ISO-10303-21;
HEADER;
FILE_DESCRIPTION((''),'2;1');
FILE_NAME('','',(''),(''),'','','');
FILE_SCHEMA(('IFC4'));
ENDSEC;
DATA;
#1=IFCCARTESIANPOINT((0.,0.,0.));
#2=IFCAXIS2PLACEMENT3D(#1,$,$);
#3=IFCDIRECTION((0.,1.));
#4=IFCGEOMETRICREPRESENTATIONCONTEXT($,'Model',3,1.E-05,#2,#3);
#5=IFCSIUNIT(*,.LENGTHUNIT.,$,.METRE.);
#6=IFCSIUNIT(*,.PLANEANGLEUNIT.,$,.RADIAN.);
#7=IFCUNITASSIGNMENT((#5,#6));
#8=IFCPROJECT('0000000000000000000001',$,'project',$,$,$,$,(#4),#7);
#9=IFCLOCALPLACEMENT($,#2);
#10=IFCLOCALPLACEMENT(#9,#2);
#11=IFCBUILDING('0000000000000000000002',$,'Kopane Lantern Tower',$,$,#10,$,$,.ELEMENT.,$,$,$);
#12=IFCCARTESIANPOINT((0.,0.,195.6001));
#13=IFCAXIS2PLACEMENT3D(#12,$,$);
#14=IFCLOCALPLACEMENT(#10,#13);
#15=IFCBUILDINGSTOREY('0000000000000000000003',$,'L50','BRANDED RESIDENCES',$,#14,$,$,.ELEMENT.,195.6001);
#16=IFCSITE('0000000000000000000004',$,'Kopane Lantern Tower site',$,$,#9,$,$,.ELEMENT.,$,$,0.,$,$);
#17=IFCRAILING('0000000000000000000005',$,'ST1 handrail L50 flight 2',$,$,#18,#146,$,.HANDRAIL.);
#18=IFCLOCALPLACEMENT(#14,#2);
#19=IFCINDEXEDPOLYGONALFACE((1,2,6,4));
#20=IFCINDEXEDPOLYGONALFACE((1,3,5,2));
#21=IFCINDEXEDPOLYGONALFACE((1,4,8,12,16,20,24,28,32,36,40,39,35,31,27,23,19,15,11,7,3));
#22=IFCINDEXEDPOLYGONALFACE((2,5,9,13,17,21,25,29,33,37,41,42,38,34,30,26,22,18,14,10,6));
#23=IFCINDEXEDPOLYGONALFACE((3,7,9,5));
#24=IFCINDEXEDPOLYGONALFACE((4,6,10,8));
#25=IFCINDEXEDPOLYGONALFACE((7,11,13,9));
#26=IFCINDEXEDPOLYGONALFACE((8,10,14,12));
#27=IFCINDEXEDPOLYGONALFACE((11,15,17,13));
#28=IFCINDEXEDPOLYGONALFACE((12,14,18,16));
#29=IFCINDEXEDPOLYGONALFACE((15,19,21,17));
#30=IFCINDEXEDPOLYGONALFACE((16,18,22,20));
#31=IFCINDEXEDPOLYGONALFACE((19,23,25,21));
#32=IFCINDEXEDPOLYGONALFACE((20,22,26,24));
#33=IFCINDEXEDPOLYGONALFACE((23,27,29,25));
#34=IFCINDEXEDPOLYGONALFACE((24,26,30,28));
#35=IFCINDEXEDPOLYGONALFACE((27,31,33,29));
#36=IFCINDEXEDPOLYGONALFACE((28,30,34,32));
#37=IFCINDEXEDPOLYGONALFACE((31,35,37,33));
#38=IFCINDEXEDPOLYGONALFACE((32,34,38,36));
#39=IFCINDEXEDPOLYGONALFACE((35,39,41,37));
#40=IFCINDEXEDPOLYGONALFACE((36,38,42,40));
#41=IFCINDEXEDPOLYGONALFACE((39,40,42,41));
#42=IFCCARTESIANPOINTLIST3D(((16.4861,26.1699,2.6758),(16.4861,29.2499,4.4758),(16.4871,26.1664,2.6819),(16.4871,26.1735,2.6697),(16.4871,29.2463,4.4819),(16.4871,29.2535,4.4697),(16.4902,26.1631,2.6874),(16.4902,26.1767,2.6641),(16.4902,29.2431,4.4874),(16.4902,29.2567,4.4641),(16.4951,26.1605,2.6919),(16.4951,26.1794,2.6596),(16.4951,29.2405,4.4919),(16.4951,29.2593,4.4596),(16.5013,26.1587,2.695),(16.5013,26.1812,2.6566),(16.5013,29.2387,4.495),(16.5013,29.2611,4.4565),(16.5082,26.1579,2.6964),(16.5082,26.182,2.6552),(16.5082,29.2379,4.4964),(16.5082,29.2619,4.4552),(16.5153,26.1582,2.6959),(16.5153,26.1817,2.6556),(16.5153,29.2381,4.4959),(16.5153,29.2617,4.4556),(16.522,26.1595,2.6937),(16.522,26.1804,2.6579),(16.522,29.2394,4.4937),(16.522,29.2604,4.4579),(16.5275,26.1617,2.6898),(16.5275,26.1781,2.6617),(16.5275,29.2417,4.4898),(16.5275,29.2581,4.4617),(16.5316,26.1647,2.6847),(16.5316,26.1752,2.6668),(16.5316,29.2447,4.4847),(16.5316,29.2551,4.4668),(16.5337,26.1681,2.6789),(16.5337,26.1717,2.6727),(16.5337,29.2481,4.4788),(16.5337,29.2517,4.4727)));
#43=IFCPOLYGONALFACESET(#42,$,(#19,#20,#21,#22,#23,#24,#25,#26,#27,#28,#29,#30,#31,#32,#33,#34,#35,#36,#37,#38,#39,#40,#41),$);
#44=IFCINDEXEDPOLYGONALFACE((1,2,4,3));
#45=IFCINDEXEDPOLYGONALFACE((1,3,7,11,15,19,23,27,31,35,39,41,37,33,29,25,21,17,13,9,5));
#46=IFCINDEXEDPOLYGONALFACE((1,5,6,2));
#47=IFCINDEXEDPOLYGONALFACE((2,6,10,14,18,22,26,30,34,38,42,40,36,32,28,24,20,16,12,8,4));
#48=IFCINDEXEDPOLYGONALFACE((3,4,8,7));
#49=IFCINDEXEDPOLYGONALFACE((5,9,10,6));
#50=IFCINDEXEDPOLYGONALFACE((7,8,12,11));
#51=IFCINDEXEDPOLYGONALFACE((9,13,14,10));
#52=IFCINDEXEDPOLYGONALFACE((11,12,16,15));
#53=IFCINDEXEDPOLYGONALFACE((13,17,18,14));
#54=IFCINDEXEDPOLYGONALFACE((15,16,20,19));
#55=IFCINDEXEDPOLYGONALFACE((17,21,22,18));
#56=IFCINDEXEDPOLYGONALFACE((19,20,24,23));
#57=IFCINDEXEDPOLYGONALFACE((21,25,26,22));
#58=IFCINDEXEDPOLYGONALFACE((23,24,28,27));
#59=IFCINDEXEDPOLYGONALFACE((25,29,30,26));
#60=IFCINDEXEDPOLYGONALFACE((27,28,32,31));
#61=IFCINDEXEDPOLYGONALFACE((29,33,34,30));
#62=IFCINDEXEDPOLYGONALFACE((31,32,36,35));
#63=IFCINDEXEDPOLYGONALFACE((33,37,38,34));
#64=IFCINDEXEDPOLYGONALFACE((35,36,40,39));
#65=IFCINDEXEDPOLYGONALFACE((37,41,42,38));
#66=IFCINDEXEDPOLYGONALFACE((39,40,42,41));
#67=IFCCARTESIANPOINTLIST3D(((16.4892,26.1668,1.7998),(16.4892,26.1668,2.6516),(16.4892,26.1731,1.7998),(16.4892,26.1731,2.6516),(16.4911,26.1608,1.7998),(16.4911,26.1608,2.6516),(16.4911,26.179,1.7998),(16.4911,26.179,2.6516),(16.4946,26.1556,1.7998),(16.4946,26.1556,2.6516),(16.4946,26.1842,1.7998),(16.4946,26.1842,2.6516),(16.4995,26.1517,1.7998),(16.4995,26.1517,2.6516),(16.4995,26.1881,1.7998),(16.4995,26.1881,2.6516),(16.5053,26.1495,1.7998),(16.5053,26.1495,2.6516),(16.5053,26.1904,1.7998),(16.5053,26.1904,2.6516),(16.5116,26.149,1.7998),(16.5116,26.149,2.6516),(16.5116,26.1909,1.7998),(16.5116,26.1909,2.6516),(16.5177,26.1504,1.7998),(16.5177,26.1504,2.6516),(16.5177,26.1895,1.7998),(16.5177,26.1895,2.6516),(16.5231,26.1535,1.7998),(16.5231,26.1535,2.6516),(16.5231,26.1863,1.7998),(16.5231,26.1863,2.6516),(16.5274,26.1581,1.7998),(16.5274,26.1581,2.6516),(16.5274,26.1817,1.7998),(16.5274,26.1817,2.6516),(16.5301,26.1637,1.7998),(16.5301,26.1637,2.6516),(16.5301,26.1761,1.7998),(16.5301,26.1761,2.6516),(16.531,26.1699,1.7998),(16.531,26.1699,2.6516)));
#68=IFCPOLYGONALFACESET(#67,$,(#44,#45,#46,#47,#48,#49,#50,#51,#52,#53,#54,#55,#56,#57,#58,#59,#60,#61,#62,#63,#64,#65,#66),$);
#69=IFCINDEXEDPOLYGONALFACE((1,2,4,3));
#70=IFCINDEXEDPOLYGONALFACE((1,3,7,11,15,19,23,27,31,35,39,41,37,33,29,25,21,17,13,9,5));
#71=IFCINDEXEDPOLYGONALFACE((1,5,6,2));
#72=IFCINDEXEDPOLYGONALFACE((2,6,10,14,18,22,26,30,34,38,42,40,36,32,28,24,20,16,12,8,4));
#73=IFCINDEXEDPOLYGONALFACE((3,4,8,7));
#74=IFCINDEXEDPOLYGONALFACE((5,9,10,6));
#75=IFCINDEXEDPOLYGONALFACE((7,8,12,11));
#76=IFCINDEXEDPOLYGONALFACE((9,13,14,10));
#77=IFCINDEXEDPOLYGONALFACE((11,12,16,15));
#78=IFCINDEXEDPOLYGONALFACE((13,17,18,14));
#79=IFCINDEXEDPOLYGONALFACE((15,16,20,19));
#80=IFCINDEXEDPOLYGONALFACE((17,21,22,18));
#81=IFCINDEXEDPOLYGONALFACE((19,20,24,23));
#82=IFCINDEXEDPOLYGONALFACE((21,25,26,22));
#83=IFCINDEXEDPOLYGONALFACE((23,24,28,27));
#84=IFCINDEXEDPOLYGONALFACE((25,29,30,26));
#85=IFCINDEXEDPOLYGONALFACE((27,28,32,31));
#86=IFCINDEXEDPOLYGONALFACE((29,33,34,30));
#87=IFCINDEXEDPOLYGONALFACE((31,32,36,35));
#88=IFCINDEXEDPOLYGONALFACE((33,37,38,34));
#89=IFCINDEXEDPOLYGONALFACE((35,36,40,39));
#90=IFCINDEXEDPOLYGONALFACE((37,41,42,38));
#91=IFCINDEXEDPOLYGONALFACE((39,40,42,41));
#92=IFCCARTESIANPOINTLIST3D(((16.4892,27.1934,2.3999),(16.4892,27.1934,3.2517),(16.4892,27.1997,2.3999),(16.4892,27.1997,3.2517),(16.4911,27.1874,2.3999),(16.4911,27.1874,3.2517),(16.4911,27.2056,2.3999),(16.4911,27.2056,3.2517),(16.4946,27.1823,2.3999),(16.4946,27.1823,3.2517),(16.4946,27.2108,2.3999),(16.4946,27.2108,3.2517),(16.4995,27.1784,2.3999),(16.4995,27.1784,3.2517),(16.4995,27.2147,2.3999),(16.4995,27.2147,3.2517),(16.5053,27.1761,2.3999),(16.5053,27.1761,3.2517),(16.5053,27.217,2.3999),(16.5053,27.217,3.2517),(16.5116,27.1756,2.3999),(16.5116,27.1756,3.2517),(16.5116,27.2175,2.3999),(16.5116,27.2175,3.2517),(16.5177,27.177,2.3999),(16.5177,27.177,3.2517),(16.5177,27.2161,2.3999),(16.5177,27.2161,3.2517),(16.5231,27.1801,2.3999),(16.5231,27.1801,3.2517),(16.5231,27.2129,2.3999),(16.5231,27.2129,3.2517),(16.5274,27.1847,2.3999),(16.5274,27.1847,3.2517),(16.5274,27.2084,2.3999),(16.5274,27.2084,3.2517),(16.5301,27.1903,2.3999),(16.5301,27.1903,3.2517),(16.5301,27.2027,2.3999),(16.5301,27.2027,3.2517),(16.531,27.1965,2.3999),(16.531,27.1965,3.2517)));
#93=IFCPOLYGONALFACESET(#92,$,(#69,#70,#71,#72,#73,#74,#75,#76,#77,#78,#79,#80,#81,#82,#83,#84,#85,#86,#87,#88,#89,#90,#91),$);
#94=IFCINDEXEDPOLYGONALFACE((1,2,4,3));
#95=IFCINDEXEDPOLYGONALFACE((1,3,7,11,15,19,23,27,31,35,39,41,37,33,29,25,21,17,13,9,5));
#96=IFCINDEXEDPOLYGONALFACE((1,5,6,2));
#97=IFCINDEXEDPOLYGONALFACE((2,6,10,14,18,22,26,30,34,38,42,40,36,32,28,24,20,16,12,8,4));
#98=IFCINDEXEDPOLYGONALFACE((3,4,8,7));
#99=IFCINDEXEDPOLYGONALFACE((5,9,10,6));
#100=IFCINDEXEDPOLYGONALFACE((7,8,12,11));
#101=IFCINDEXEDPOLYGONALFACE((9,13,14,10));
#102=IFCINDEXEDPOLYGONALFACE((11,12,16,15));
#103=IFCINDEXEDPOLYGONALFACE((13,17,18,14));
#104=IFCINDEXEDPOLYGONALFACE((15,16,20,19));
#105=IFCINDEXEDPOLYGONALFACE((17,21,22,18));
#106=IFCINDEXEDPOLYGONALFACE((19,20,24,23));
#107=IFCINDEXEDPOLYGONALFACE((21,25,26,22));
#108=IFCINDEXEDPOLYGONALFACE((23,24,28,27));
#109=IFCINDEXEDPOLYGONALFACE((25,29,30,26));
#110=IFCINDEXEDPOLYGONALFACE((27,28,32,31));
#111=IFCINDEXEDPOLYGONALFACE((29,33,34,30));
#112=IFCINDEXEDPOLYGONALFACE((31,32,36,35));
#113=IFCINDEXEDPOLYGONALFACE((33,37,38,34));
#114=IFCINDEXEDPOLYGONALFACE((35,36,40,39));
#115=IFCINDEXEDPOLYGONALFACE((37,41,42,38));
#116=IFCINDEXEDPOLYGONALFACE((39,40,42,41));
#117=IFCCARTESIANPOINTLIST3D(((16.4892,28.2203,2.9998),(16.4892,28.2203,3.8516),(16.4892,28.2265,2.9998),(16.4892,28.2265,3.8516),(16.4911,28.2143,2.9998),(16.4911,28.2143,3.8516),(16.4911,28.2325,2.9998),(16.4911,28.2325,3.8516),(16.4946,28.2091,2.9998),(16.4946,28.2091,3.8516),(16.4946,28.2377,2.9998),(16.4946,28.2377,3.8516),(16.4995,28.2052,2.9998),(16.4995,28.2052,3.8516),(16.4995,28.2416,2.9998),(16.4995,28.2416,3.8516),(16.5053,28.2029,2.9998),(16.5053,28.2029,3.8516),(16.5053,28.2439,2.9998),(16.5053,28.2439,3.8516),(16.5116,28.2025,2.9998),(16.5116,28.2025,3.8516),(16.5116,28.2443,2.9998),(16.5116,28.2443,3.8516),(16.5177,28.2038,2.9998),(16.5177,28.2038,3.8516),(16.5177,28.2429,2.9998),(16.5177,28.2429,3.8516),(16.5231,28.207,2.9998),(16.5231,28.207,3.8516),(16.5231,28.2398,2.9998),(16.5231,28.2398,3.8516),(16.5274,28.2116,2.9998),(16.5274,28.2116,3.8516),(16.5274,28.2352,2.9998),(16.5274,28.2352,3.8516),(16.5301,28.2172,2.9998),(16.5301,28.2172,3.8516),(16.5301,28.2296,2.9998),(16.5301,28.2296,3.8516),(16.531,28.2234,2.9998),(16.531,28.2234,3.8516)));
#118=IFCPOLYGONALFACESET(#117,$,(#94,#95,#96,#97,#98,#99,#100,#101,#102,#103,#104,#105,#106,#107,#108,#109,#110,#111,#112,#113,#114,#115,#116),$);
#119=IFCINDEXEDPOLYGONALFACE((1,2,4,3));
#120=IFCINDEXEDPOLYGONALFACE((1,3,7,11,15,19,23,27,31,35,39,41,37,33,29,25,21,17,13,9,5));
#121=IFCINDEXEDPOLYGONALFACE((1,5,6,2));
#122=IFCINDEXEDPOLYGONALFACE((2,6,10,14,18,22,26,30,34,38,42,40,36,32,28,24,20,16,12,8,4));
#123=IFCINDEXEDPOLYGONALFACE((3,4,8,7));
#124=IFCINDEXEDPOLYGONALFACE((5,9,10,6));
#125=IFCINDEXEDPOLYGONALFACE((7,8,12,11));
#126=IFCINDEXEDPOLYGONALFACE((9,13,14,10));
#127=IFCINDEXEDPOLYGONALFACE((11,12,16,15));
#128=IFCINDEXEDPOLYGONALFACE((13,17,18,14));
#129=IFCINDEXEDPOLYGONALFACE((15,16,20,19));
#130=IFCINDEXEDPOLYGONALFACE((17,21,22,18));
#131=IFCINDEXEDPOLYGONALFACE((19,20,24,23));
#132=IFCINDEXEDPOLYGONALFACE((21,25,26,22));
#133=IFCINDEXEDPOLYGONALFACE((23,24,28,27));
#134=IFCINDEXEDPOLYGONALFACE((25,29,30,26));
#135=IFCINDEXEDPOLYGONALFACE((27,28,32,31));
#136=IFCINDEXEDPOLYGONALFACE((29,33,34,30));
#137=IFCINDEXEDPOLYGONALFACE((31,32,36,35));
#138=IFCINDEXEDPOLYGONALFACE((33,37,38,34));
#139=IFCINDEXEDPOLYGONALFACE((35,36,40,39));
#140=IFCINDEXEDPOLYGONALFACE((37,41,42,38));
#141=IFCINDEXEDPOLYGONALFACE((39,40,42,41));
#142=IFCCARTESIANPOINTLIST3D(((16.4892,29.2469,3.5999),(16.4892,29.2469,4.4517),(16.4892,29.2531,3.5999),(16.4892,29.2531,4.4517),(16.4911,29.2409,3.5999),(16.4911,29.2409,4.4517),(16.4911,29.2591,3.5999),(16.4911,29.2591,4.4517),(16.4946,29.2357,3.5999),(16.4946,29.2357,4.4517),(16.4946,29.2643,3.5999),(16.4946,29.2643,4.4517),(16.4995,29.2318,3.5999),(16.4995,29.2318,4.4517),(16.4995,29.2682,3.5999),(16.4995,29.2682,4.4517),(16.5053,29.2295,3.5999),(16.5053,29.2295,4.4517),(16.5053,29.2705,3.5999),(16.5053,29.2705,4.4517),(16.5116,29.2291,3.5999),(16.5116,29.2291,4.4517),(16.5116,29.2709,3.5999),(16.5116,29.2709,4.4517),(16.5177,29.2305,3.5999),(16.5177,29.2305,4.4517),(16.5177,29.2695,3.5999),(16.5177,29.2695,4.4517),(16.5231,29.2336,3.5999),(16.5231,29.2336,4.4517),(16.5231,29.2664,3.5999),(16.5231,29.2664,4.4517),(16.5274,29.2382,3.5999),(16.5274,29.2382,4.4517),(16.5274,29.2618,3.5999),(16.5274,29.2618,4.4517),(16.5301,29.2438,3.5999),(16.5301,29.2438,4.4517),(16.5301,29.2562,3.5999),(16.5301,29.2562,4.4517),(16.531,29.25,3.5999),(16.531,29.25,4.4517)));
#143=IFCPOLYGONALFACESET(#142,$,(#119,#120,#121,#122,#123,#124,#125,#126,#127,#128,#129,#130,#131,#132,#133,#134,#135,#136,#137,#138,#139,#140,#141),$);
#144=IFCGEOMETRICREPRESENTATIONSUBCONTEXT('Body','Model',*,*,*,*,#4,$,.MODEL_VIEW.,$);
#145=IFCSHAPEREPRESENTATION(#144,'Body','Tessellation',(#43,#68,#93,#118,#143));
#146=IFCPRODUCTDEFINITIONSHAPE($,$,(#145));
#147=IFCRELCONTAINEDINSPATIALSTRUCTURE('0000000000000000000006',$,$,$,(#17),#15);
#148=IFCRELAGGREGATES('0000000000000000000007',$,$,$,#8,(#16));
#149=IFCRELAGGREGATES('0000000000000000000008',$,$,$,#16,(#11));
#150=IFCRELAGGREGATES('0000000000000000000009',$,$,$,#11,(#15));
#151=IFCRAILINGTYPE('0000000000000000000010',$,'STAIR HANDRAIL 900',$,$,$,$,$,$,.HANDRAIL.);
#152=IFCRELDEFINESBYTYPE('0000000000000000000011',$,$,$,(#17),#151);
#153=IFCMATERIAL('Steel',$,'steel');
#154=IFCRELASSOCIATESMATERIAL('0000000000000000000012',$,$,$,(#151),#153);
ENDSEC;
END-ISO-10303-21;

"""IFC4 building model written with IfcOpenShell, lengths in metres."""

from ifc_helpers import new_model, si_unit, direction, frame, origin, origin_2d, place, context, subcontext, project, spatial, circle, extrude, material, type_object, element, save


model = new_model("IFC4")

# Units and contexts
model_context = context("Model", 3, precision=1e-05, world=origin(), true_north=direction((0.0, 1.0)))
body_context = subcontext(model_context, "Body", "Model", "MODEL_VIEW")
ifc_project = project(units=[si_unit("LENGTHUNIT", "METRE"), si_unit("PLANEANGLEUNIT", "RADIAN")], contexts=[model_context])

# Site, building, storey
site_placement = place(None, origin())
site = spatial("IfcSite", under=ifc_project, at=site_placement, Name="Kopane Lantern Tower site", CompositionType="ELEMENT", RefElevation=0.0)
building_placement = place(site_placement, origin())
building = spatial("IfcBuilding", under=site, at=building_placement, Name="Kopane Lantern Tower", CompositionType="ELEMENT")
storey_placement = place(building_placement, frame((0.0, 0.0, 195.6001)))
storey = spatial("IfcBuildingStorey", under=building, at=storey_placement, Name="L50", Description="BRANDED RESIDENCES", CompositionType="ELEMENT", Elevation=195.6001)

# Railing
ifc_material_1 = material(Name="Steel", Category="steel")
railing_type_1 = type_object("IfcRailingType", Name="STAIR HANDRAIL 900", PredefinedType="HANDRAIL", material=ifc_material_1)
for number, where, name in (
    (1, (16.51, 26.1699, 1.7998), "ST1 handrail L50 flight 2"),
):
    element("IfcRailing", number, at=place(storey_placement, frame(where)), inside=storey, type_object=railing_type_1, Name=name, PredefinedType="HANDRAIL", context=body_context, shape_type="SweptSolid", body=[
        extrude(circle(Radius=0.0239, at=origin_2d()), frame((0.0, 0.0, 0.876), z_axis=(0.0, 0.863372, 0.504569), x_axis=(-1.0, 0.0, 0.0)), (0.0, 0.0, 1.0), 3.5674),
        extrude(circle(Radius=0.021, at=origin_2d()), origin(), (0.0, 0.0, 1.0), 0.8518),
        extrude(circle(Radius=0.021, at=origin_2d()), frame((0.0, 1.0266, 0.6001)), (0.0, 0.0, 1.0), 0.8518),
        extrude(circle(Radius=0.021, at=origin_2d()), frame((0.0, 2.0535, 1.2)), (0.0, 0.0, 1.0), 0.8518),
        extrude(circle(Radius=0.021, at=origin_2d()), frame((0.0, 3.0801, 1.8)), (0.0, 0.0, 1.0), 0.8518),
    ])

save(model, "model.ifc")
